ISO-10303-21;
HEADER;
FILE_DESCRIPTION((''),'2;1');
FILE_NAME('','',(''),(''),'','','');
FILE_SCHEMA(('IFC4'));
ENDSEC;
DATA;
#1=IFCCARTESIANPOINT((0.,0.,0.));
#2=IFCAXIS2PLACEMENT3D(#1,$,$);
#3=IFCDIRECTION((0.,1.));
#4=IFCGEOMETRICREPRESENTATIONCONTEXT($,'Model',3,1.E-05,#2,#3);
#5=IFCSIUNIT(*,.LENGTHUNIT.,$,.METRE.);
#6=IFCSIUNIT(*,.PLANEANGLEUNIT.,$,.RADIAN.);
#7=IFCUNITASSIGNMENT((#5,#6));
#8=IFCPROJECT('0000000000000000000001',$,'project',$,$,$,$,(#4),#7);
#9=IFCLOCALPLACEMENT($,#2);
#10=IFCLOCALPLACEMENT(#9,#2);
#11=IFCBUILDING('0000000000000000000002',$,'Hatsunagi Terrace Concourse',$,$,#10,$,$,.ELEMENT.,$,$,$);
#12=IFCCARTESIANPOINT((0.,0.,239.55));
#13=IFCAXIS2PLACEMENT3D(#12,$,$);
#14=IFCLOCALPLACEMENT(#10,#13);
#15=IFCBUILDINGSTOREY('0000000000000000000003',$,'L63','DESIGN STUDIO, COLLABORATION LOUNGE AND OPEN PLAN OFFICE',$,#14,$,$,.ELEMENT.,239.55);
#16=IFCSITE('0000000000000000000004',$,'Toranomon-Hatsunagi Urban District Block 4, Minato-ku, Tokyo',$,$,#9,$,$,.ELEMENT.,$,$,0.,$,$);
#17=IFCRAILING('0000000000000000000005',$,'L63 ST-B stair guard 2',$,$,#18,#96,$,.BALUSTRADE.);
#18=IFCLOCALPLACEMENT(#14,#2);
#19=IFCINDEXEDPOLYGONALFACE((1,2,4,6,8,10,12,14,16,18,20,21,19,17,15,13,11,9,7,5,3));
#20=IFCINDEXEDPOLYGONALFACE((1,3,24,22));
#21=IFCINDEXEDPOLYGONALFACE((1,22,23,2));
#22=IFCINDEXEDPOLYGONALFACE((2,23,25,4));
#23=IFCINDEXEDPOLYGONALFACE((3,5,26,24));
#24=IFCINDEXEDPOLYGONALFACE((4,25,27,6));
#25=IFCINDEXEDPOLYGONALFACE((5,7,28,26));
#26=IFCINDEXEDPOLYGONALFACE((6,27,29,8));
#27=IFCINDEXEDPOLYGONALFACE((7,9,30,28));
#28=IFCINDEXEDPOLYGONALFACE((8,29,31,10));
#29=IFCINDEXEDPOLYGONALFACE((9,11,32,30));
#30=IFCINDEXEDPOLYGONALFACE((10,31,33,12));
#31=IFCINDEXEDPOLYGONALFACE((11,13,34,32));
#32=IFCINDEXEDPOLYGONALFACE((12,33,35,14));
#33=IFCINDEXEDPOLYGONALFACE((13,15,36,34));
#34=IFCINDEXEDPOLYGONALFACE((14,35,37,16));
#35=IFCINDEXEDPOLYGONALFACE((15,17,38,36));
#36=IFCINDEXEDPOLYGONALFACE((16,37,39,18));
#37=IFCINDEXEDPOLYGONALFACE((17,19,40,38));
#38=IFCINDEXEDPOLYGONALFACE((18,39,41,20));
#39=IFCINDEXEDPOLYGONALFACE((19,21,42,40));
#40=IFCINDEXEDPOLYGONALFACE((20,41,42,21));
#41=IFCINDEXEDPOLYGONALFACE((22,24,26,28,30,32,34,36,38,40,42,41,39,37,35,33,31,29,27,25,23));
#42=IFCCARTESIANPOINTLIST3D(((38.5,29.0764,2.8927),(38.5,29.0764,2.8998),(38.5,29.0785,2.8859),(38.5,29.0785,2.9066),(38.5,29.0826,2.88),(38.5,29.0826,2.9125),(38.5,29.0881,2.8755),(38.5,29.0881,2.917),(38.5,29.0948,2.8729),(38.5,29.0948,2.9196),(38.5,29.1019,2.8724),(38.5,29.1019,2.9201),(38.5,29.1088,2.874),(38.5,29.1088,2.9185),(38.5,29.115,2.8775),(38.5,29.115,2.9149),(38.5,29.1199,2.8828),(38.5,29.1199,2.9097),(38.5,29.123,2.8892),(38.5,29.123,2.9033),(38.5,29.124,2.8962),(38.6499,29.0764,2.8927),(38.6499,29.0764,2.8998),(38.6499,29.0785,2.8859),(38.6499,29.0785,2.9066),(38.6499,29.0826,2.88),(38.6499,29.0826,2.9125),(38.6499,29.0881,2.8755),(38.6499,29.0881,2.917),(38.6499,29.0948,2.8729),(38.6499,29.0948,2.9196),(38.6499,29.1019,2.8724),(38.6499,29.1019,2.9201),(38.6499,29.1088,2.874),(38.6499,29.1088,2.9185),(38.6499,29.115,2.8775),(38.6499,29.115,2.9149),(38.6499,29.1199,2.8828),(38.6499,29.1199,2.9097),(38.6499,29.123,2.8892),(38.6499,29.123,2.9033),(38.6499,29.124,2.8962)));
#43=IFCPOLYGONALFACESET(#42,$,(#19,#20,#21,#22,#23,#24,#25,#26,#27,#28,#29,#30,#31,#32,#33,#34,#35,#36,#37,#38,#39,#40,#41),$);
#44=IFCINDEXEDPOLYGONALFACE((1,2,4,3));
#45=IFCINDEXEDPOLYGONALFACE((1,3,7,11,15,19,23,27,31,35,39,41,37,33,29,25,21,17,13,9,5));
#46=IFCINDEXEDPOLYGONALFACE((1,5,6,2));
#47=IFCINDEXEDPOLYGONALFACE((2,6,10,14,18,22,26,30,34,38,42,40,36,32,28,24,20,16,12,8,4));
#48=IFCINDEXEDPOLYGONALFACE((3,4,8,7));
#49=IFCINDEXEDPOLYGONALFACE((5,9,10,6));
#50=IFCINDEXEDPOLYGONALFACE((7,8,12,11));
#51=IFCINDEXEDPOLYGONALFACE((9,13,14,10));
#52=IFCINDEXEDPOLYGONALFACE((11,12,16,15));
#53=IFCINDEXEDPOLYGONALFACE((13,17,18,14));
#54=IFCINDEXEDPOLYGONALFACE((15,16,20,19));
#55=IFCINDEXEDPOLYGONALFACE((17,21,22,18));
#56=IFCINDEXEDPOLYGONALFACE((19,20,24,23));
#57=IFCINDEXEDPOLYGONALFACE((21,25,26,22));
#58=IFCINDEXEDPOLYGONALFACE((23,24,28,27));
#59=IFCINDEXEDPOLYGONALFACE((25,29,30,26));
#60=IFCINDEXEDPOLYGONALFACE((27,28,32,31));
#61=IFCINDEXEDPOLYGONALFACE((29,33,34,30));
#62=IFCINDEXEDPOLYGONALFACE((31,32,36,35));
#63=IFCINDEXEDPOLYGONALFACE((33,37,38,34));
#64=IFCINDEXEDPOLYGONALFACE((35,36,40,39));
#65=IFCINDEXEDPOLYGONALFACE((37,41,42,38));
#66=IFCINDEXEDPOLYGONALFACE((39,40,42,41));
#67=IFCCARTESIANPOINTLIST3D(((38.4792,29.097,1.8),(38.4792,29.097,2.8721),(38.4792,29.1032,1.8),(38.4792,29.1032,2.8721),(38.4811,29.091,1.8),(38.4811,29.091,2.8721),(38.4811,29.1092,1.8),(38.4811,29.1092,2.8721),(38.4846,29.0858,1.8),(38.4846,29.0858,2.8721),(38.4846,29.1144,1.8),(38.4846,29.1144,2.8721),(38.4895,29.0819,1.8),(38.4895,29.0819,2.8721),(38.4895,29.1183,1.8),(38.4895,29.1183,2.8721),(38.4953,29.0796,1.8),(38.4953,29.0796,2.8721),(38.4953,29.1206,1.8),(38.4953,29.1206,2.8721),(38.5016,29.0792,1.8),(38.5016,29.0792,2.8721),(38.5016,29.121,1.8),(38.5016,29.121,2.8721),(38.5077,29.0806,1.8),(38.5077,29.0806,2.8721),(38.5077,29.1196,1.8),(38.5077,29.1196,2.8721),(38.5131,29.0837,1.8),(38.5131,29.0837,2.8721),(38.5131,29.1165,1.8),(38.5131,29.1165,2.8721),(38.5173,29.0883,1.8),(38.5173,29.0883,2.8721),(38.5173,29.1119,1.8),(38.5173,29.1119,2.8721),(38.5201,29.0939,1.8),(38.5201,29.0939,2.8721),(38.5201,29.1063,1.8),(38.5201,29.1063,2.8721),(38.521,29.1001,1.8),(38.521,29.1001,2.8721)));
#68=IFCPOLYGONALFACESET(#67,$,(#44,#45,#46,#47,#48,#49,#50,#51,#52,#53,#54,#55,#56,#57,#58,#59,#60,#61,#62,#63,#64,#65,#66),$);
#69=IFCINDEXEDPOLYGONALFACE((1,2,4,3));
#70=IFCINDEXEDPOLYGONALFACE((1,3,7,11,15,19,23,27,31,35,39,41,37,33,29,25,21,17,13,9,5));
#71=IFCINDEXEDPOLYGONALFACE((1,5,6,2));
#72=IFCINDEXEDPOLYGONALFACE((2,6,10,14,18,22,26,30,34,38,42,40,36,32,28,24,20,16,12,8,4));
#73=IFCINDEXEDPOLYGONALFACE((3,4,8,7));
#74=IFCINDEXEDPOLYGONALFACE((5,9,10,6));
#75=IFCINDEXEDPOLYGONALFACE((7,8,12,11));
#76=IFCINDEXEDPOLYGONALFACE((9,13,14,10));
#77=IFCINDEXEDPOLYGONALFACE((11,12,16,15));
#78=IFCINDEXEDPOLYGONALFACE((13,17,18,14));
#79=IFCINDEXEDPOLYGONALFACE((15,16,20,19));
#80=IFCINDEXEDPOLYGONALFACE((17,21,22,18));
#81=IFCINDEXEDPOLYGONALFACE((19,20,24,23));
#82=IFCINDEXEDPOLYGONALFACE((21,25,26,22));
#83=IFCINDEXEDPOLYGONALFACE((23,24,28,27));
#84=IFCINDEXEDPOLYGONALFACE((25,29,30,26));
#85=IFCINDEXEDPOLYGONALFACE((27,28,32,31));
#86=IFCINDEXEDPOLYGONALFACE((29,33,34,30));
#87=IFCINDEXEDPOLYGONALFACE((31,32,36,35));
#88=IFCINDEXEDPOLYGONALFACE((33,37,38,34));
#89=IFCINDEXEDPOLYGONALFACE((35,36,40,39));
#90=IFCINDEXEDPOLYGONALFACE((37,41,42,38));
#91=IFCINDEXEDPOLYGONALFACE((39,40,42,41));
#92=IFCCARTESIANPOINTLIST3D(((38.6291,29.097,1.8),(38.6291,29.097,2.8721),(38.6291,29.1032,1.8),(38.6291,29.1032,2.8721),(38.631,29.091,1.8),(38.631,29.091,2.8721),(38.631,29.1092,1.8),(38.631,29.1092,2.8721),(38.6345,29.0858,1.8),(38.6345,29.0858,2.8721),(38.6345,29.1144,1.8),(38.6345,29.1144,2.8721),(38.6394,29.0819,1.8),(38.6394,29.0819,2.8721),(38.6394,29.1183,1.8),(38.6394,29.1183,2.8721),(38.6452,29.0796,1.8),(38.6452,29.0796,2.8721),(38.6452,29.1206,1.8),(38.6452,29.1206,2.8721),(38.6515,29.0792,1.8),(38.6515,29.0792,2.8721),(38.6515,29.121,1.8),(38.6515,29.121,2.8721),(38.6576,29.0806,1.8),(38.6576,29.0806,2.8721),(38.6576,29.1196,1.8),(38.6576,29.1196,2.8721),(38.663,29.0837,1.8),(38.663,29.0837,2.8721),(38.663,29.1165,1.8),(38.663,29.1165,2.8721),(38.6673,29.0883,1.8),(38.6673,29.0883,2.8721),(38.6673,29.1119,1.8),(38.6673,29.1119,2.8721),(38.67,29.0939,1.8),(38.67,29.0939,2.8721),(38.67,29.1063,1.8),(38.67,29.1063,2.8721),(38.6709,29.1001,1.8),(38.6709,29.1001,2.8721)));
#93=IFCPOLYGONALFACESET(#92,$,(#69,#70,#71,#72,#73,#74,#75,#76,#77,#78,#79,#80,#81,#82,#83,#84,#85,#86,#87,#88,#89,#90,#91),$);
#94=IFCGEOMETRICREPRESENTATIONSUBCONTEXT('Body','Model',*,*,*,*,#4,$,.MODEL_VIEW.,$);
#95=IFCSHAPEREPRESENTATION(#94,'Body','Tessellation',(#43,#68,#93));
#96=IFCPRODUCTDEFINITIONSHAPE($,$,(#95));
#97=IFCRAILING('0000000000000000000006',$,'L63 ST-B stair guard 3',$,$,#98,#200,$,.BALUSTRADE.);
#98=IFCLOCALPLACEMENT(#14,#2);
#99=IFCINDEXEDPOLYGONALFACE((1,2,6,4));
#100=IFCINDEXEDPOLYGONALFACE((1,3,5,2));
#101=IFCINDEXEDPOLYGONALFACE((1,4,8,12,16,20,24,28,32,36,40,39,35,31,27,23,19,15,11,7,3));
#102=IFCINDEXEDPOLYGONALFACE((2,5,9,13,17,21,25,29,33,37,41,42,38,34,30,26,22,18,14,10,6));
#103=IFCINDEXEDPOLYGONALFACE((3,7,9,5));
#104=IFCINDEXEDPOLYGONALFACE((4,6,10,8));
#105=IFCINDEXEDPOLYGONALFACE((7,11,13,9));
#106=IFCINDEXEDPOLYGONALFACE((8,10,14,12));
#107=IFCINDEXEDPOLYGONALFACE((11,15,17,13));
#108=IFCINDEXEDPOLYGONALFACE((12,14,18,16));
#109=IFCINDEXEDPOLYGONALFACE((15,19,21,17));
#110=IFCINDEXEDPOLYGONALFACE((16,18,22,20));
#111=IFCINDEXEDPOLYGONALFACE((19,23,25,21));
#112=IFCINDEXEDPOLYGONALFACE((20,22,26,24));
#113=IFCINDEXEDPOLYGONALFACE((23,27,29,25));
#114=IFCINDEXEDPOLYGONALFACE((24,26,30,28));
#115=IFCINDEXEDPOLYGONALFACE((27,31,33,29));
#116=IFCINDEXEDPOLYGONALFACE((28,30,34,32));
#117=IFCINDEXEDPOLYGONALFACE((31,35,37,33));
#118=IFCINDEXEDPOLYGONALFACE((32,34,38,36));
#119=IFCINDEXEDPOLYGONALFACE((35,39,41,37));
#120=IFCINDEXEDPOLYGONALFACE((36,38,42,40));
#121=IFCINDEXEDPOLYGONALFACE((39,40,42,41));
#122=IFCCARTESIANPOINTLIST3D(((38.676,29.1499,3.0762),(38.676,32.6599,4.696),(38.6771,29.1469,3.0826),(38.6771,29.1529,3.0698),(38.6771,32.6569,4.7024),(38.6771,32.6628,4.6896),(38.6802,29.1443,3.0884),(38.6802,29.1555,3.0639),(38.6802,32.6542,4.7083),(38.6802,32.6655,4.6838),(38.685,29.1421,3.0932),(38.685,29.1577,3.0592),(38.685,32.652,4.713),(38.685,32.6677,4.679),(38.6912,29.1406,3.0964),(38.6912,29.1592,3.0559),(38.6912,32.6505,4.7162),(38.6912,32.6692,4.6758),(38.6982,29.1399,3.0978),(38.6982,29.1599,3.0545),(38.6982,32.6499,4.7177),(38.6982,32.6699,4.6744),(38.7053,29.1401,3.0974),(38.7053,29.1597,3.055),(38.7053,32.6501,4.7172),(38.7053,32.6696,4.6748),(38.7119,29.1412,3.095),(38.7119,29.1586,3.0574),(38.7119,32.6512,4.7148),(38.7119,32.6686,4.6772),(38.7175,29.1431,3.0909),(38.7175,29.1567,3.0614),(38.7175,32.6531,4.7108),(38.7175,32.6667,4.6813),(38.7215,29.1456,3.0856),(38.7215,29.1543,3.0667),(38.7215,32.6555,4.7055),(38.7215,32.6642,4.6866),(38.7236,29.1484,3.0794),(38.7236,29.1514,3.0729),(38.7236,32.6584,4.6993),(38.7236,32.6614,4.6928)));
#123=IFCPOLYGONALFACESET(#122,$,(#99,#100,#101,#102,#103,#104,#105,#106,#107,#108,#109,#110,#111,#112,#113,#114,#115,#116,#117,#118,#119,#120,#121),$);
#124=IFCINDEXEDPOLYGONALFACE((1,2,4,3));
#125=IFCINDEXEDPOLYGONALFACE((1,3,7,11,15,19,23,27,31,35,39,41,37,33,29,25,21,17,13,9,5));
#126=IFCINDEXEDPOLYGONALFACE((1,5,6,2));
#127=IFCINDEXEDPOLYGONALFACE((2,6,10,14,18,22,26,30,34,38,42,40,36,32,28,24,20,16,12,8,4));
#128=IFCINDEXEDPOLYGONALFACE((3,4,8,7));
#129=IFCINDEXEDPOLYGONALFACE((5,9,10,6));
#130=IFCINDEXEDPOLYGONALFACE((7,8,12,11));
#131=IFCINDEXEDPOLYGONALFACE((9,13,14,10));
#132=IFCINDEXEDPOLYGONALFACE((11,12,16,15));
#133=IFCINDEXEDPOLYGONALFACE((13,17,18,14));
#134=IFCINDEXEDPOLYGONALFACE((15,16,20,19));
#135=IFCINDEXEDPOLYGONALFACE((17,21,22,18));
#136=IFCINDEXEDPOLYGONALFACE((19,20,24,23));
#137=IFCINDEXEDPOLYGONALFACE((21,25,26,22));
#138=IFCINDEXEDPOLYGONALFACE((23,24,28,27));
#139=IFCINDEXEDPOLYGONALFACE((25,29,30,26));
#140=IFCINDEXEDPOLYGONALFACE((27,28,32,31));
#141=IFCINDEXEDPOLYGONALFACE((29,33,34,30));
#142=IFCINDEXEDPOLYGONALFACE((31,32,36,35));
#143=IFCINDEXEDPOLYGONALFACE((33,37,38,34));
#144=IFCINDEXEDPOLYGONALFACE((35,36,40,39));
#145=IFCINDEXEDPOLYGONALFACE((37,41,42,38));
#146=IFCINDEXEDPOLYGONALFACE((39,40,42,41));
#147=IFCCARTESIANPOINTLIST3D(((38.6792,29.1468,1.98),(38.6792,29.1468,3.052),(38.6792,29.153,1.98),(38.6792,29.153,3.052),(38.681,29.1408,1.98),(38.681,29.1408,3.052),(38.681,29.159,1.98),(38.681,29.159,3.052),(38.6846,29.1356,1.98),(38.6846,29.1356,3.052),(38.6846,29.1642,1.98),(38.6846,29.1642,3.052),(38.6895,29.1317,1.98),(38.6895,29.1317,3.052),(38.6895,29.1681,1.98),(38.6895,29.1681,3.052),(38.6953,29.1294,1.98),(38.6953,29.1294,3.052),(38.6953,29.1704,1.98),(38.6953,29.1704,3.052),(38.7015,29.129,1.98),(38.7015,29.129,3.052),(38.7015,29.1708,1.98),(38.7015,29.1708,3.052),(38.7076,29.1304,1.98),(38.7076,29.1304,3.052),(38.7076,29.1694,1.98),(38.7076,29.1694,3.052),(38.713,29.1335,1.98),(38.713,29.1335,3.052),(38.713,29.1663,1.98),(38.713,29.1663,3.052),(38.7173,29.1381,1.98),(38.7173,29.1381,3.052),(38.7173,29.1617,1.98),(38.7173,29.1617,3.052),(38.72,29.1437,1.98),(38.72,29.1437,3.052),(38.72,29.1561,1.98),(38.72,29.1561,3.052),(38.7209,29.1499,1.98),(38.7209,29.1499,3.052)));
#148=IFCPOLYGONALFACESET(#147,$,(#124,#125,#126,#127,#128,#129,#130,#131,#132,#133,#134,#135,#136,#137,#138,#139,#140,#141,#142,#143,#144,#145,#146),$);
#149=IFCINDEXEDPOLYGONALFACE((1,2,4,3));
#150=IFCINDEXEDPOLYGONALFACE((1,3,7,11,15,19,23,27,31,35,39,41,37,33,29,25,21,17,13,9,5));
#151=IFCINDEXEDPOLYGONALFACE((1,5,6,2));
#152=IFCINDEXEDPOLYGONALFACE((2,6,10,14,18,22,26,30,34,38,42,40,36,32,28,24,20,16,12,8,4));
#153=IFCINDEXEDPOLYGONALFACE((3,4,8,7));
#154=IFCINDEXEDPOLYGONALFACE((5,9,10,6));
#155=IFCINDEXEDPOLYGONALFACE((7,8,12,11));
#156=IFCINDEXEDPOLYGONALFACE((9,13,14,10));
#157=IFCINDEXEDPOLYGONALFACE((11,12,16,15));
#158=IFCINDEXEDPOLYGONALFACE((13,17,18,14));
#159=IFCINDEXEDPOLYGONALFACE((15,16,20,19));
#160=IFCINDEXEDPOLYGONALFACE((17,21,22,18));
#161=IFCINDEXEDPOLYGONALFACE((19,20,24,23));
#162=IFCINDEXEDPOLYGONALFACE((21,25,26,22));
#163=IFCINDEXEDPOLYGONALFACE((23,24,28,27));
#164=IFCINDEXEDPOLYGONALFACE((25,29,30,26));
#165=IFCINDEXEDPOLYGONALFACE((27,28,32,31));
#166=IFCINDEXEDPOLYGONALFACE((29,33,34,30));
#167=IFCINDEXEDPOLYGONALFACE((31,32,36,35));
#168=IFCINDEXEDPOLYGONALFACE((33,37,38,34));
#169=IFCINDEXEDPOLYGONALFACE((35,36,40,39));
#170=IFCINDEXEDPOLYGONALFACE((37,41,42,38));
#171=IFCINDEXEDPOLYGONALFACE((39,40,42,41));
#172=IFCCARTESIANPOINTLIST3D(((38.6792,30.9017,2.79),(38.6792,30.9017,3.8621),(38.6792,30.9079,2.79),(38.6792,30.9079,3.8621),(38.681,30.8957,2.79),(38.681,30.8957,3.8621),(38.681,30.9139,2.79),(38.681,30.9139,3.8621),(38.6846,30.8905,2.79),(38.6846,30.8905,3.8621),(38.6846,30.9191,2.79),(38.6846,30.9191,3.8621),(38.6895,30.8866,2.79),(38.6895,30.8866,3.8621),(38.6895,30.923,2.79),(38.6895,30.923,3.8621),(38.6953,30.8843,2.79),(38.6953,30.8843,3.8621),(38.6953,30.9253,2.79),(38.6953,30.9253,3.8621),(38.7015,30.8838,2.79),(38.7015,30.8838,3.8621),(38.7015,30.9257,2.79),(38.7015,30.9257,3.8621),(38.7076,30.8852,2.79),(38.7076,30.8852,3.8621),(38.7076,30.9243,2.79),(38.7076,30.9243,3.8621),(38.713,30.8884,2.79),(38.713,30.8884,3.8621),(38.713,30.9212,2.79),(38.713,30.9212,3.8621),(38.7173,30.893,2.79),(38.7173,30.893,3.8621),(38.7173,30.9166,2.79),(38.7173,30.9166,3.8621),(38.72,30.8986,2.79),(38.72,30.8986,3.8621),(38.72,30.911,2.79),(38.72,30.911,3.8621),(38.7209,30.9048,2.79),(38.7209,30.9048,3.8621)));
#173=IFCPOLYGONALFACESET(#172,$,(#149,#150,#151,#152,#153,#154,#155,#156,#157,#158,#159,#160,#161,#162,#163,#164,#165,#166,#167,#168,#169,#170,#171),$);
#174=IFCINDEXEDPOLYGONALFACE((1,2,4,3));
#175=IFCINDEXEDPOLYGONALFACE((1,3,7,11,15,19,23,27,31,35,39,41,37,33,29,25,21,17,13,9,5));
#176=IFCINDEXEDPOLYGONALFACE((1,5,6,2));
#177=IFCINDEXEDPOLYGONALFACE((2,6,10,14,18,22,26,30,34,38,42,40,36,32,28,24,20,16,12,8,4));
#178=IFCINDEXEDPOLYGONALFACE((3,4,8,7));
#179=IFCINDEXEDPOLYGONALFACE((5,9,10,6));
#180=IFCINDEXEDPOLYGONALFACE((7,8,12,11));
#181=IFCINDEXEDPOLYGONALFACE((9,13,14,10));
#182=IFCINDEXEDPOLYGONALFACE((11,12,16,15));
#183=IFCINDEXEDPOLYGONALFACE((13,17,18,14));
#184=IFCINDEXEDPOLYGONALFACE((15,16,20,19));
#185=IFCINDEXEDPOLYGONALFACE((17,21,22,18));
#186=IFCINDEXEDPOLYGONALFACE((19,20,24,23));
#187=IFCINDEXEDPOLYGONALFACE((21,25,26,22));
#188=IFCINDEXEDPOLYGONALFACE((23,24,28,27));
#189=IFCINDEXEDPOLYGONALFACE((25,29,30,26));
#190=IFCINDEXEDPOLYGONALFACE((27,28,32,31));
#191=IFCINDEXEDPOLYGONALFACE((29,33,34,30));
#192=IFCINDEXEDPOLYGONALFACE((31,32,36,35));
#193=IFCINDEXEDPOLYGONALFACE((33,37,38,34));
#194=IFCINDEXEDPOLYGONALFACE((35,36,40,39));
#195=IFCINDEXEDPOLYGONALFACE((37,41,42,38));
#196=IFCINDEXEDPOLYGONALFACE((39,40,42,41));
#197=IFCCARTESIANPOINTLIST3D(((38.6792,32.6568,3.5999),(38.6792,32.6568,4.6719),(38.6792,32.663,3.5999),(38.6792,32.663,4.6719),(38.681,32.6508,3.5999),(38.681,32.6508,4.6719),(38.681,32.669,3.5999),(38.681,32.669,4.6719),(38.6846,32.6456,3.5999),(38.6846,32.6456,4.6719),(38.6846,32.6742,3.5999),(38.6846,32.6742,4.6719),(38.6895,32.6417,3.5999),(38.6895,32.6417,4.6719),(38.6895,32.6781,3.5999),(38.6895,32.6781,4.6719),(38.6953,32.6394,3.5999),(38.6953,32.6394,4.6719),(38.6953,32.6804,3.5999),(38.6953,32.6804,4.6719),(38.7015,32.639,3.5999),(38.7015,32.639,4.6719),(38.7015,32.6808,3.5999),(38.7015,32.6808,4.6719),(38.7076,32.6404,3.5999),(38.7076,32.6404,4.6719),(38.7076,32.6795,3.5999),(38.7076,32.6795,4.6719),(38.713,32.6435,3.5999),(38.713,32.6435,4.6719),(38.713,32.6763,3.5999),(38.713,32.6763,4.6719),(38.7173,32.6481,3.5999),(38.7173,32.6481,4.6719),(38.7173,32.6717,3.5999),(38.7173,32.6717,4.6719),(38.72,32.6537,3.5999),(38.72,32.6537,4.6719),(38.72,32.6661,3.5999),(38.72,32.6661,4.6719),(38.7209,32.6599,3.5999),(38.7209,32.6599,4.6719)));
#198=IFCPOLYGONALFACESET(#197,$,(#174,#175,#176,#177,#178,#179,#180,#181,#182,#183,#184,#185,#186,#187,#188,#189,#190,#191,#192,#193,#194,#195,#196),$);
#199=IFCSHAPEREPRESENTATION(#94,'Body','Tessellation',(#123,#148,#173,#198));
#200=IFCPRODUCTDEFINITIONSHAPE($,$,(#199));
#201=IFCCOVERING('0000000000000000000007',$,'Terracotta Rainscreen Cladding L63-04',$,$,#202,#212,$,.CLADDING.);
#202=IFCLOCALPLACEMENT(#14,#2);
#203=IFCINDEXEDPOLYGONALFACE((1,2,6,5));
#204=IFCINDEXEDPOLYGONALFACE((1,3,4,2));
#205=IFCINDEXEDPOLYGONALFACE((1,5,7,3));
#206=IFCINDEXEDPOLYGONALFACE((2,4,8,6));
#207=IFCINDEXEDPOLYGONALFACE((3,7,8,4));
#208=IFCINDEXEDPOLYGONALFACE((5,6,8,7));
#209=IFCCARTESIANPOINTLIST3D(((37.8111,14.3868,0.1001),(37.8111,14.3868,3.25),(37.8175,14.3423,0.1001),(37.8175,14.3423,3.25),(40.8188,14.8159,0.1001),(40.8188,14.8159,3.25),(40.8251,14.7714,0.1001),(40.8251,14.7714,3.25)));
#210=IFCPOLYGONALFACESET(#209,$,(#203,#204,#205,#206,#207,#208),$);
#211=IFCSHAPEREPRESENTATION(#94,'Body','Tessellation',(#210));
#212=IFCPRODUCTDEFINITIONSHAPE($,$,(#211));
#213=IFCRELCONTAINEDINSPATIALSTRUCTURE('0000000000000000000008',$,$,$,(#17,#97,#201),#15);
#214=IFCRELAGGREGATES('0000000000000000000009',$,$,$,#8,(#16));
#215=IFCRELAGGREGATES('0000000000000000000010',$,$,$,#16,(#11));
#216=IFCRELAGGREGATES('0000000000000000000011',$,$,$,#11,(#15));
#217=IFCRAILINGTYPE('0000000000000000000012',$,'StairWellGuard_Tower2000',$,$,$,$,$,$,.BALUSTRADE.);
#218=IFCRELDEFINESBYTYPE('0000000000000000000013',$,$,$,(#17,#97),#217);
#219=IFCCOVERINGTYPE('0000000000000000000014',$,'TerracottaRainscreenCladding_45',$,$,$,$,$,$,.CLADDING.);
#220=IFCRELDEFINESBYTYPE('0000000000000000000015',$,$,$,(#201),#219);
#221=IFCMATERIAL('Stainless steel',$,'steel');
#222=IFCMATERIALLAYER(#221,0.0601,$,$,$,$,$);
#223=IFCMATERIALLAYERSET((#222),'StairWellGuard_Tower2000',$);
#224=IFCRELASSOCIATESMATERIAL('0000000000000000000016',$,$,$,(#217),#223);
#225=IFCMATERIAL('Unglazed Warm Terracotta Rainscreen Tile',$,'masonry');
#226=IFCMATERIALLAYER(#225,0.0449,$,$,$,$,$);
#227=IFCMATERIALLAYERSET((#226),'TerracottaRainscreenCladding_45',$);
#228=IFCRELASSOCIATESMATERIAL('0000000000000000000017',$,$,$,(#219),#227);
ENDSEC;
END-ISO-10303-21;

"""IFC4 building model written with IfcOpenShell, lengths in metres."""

from ifc_helpers import new_model, si_unit, direction, frame, origin, origin_2d, place, context, subcontext, project, spatial, rectangle, circle, extrude, material, layer, layer_set, type_object, element, save


model = new_model("IFC4")

# Units and contexts
model_context = context("Model", 3, precision=1e-05, world=origin(), true_north=direction((0.0, 1.0)))
body_context = subcontext(model_context, "Body", "Model", "MODEL_VIEW")
ifc_project = project(units=[si_unit("LENGTHUNIT", "METRE"), si_unit("PLANEANGLEUNIT", "RADIAN")], contexts=[model_context])

# Site, building, storey
site_placement = place(None, origin())
site = spatial("IfcSite", under=ifc_project, at=site_placement, Name="Toranomon-Hatsunagi Urban District Block 4, Minato-ku, Tokyo", CompositionType="ELEMENT", RefElevation=0.0)
building_placement = place(site_placement, origin())
building = spatial("IfcBuilding", under=site, at=building_placement, Name="Hatsunagi Terrace Concourse", CompositionType="ELEMENT")
storey_placement = place(building_placement, frame((0.0, 0.0, 239.55)))
storey = spatial("IfcBuildingStorey", under=building, at=storey_placement, Name="L63", Description="DESIGN STUDIO, COLLABORATION LOUNGE AND OPEN PLAN OFFICE", CompositionType="ELEMENT", Elevation=239.55)

# Railings
ifc_material_1 = material(Name="Stainless steel", Category="steel")
ifc_layer_1 = layer(ifc_material_1, 0.0601)
ifc_layer_set_1 = layer_set([ifc_layer_1], Name="StairWellGuard_Tower2000")
railing_type_1 = type_object("IfcRailingType", Name="StairWellGuard_Tower2000", PredefinedType="BALUSTRADE", material=ifc_layer_set_1)
railing_1_placement = place(storey_placement, frame((38.5, 29.1001, 1.8)))
element("IfcRailing", 1, at=railing_1_placement, inside=storey, type_object=railing_type_1, Name="L63 ST-B stair guard 2", PredefinedType="BALUSTRADE", context=body_context, shape_type="SweptSolid", body=[
    extrude(circle(Radius=0.0239, at=origin_2d()), frame((0.0, 0.0, 1.0962), z_axis=(1.0, 0.0, 0.0), x_axis=(0.0, 1.0, 0.0)), (0.0, 0.0, 1.0), 0.1499),
    extrude(circle(Radius=0.021, at=origin_2d()), origin(), (0.0, 0.0, 1.0), 1.072),
    extrude(circle(Radius=0.021, at=origin_2d()), frame((0.1499, 0.0, 0.0)), (0.0, 0.0, 1.0), 1.072),
])
railing_2_placement = place(storey_placement, frame((38.7, 29.1499, 1.98)))
element("IfcRailing", 2, at=railing_2_placement, inside=storey, type_object=railing_type_1, Name="L63 ST-B stair guard 3", PredefinedType="BALUSTRADE", context=body_context, shape_type="SweptSolid", body=[
    extrude(circle(Radius=0.0239, at=origin_2d()), frame((0.0, 0.0, 1.0962), z_axis=(0.0, 0.907972, 0.41903), x_axis=(-1.0, 0.0, 0.0)), (0.0, 0.0, 1.0), 3.8657),
    extrude(circle(Radius=0.021, at=origin_2d()), origin(), (0.0, 0.0, 1.0), 1.072),
    extrude(circle(Radius=0.021, at=origin_2d()), frame((0.0, 1.7549, 0.8101)), (0.0, 0.0, 1.0), 1.072),
    extrude(circle(Radius=0.021, at=origin_2d()), frame((0.0, 3.51, 1.6199)), (0.0, 0.0, 1.0), 1.072),
])

# Covering
ifc_material_2 = material(Name="Unglazed Warm Terracotta Rainscreen Tile", Category="masonry")
ifc_layer_2 = layer(ifc_material_2, 0.0449)
ifc_layer_set_2 = layer_set([ifc_layer_2], Name="TerracottaRainscreenCladding_45")
covering_type = type_object("IfcCoveringType", Name="TerracottaRainscreenCladding_45", PredefinedType="CLADDING", material=ifc_layer_set_2)
covering_placement = place(storey_placement, frame((39.3181, 14.5791, 0.1001), z_axis=(0.0, 0.0, 1.0), x_axis=(-0.989974, -0.14125, 0.0)))
element("IfcCovering", 3, at=covering_placement, inside=storey, type_object=covering_type, Name="Terracotta Rainscreen Cladding L63-04", PredefinedType="CLADDING", context=body_context, shape_type="SweptSolid", body=[
    extrude(rectangle(XDim=3.0381, YDim=0.0449, at=origin_2d()), origin(), (0.0, 0.0, 1.0), 3.1499),
])

save(model, "model.ifc")
